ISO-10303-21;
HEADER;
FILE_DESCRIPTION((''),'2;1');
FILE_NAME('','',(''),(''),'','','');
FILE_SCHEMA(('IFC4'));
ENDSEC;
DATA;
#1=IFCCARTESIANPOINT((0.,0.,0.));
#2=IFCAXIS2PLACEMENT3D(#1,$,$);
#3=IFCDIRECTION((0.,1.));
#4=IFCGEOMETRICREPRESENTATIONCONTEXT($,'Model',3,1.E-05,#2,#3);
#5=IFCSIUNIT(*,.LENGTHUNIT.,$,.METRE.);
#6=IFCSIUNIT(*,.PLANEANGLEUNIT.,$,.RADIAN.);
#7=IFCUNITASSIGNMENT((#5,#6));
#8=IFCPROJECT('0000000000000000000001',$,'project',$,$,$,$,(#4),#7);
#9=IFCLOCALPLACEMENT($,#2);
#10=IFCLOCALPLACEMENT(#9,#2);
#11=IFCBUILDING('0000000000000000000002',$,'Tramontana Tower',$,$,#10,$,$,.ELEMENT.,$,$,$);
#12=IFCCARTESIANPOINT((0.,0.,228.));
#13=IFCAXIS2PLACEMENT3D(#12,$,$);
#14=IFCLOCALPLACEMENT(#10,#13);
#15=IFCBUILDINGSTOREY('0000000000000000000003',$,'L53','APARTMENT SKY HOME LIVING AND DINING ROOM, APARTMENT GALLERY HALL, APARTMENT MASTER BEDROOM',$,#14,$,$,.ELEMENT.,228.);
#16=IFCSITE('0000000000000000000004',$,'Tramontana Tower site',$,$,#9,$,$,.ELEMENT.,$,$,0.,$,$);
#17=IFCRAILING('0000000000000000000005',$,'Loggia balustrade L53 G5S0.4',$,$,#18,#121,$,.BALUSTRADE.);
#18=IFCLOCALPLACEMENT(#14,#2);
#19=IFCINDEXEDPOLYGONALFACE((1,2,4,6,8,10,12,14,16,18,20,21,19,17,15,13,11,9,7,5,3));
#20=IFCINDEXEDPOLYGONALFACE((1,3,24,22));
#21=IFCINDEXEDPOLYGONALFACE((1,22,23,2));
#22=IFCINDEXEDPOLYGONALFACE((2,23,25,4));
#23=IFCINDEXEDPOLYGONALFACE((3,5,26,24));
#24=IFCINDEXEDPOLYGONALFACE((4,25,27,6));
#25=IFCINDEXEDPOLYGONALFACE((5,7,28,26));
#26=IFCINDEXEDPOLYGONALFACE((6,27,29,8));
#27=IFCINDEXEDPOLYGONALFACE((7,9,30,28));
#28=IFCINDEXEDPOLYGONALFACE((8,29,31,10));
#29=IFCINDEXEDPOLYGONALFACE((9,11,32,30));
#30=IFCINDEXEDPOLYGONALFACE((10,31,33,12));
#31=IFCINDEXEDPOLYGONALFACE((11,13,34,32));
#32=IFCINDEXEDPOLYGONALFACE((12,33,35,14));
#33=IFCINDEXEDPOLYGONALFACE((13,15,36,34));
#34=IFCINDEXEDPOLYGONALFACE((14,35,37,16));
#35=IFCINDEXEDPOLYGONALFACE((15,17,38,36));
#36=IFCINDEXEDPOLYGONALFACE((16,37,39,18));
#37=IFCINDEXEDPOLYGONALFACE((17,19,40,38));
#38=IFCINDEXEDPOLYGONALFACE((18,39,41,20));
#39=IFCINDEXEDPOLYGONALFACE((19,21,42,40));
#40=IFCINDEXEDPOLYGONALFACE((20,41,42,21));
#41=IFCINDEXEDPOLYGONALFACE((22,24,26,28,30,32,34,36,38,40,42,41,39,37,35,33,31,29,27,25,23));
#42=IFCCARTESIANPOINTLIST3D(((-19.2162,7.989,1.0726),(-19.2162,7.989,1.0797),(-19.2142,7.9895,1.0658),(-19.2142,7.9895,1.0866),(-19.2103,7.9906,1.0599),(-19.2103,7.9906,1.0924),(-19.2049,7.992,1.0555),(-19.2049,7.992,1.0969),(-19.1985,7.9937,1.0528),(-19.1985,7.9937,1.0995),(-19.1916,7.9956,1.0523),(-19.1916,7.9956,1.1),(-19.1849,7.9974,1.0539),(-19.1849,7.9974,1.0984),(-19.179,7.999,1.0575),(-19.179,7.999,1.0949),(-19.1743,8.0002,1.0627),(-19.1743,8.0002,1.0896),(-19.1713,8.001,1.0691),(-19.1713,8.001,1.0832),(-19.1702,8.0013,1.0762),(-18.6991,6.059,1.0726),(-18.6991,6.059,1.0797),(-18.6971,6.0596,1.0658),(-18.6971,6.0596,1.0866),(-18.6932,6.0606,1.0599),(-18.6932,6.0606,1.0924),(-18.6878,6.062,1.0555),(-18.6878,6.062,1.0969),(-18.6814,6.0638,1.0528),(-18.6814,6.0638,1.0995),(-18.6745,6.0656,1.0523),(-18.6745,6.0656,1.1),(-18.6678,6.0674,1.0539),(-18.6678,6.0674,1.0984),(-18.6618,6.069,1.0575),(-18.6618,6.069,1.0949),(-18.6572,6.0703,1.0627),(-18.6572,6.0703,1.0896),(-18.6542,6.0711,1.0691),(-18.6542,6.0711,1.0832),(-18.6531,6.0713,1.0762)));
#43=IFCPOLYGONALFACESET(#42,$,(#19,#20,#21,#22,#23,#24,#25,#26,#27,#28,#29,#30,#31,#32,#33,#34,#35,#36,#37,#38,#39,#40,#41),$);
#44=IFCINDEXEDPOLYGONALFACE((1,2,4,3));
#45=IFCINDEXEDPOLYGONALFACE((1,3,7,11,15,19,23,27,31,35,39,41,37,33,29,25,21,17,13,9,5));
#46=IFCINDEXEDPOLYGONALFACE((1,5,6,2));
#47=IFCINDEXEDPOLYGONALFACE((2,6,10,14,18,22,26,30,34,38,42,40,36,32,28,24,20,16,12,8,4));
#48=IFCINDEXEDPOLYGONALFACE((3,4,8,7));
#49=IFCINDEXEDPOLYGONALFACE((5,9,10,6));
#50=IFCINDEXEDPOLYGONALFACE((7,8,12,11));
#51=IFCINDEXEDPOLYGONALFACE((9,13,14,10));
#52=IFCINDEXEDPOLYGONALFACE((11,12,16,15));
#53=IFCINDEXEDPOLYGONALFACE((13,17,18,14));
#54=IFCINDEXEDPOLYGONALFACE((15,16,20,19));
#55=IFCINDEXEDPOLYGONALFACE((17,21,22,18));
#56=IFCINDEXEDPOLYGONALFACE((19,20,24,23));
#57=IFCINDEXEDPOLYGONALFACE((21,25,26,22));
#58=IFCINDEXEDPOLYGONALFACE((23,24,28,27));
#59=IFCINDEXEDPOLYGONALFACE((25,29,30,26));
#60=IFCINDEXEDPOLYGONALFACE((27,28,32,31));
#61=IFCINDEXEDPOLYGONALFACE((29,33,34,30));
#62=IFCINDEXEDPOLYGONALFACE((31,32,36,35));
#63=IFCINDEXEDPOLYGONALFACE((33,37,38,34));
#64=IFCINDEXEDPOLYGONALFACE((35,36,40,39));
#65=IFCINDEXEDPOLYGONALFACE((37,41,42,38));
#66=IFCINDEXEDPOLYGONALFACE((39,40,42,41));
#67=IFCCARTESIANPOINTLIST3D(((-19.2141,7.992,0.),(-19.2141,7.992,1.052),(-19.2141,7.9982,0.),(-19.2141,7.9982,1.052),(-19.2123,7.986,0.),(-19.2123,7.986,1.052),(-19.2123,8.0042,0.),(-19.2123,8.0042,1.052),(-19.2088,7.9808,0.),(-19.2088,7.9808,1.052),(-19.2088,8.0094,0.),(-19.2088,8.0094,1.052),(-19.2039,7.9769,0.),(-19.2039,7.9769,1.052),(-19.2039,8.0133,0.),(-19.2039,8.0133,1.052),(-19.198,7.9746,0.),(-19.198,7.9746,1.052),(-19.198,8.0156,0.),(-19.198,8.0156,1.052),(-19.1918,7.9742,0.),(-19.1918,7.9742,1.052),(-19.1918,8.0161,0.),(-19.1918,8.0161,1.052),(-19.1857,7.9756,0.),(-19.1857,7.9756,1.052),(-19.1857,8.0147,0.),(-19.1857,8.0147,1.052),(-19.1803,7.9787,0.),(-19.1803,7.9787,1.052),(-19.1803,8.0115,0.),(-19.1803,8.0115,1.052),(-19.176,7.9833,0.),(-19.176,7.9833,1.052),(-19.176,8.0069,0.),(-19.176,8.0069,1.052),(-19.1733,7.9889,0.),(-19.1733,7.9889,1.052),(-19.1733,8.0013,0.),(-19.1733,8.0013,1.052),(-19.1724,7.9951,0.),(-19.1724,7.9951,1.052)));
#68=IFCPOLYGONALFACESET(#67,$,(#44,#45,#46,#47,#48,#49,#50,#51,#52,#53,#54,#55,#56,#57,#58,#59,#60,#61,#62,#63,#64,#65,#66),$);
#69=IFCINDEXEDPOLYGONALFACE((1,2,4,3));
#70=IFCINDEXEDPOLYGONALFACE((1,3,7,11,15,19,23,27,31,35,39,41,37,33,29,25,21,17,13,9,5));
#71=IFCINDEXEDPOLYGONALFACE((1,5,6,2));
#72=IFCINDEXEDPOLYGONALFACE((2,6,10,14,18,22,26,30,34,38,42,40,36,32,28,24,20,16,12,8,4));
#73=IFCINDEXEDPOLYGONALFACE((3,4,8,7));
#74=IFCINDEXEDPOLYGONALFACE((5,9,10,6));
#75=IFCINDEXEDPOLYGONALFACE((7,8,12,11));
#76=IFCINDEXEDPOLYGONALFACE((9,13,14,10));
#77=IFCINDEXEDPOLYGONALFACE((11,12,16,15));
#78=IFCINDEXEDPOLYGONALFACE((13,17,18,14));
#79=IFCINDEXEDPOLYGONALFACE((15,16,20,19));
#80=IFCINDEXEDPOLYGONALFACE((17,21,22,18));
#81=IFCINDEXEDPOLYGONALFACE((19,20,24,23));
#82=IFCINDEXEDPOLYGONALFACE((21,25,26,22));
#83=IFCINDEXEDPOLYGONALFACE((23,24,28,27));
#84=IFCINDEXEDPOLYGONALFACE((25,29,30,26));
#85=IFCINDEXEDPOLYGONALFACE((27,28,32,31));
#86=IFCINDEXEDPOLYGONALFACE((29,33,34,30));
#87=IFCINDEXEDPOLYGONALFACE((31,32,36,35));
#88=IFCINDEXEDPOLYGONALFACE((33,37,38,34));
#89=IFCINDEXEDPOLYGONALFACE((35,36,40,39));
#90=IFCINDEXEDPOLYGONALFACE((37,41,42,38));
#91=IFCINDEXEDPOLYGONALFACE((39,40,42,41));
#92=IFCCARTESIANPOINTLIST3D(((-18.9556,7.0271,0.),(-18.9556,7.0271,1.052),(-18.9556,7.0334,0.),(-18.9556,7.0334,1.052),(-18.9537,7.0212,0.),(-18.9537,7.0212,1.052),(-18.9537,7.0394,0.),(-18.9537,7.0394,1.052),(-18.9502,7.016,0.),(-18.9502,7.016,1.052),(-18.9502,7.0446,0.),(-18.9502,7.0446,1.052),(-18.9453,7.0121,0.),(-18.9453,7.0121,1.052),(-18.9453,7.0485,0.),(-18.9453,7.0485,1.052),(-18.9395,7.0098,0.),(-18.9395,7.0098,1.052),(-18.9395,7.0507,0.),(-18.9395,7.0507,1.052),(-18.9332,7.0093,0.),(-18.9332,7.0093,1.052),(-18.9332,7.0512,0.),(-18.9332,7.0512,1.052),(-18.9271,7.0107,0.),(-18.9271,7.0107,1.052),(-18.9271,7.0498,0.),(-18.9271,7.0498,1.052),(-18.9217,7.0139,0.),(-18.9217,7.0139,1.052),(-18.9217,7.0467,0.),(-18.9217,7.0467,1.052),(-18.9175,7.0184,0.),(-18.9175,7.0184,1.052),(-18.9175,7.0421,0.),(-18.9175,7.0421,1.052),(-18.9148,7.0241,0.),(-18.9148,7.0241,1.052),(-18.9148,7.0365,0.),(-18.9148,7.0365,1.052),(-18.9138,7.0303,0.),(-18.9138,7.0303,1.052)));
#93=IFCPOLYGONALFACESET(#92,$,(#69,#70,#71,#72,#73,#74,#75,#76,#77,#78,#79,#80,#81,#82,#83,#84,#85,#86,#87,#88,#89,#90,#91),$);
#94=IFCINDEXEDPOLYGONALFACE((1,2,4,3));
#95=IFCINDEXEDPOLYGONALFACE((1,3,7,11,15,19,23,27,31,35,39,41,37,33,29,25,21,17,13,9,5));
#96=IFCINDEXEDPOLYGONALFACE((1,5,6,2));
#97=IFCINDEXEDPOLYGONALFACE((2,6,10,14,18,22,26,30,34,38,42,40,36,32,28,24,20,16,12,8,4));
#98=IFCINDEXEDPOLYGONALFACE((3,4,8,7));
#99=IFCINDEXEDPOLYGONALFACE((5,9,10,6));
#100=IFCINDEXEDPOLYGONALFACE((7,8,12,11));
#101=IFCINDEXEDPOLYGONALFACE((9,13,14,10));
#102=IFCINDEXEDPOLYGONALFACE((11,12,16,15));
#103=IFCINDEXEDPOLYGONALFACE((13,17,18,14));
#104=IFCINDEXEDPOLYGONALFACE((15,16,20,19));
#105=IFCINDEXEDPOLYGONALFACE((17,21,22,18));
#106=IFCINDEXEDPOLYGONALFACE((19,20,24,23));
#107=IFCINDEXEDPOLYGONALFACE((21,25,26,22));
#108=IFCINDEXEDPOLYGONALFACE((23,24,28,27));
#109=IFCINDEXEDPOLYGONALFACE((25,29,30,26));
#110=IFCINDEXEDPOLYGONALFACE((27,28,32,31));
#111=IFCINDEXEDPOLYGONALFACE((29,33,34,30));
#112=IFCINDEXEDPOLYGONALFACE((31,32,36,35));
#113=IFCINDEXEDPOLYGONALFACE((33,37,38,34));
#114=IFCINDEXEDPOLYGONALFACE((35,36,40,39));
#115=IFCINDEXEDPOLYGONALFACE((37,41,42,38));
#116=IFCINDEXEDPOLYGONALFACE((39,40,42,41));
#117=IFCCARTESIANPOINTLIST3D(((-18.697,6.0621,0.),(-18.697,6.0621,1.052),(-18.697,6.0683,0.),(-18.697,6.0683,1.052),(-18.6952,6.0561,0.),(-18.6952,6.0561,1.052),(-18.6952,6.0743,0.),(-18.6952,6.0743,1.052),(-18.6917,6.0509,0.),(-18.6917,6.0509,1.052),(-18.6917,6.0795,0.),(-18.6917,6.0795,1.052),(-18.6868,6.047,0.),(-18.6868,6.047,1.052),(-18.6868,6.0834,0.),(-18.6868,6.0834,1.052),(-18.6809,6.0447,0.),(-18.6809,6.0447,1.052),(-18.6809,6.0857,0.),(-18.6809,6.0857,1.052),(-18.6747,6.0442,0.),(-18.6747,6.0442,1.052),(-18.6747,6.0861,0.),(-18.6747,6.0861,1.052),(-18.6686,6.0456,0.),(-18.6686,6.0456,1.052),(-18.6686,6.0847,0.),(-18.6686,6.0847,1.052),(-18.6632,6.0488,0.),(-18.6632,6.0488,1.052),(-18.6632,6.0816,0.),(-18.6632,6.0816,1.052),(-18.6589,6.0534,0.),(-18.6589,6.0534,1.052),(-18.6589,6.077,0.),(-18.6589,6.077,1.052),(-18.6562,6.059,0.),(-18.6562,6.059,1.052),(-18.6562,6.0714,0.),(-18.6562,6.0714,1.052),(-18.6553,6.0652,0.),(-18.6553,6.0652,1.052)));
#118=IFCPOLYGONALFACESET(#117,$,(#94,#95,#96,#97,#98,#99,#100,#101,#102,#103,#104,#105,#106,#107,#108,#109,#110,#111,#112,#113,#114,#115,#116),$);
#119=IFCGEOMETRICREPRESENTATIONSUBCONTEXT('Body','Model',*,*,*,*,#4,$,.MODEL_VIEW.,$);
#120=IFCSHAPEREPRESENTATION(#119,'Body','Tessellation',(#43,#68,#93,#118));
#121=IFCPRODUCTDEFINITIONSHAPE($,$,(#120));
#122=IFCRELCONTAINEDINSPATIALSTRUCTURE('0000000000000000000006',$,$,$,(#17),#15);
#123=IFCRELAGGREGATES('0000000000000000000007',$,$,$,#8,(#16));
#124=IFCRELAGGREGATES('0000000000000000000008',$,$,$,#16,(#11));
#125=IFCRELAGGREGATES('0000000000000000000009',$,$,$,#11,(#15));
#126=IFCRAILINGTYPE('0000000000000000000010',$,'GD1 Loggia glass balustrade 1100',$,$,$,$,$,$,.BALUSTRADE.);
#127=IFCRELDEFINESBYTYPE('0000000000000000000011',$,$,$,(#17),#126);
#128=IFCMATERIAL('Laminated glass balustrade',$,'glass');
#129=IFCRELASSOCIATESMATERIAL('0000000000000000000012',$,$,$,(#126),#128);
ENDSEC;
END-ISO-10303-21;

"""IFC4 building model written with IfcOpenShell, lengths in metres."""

from ifc_helpers import new_model, si_unit, direction, frame, origin, origin_2d, place, context, subcontext, project, spatial, circle, extrude, material, type_object, element, save


model = new_model("IFC4")

# Units and contexts
model_context = context("Model", 3, precision=1e-05, world=origin(), true_north=direction((0.0, 1.0)))
body_context = subcontext(model_context, "Body", "Model", "MODEL_VIEW")
ifc_project = project(units=[si_unit("LENGTHUNIT", "METRE"), si_unit("PLANEANGLEUNIT", "RADIAN")], contexts=[model_context])

# Site, building, storey
site_placement = place(None, origin())
site = spatial("IfcSite", under=ifc_project, at=site_placement, Name="Tramontana Tower site", CompositionType="ELEMENT", RefElevation=0.0)
building_placement = place(site_placement, origin())
building = spatial("IfcBuilding", under=site, at=building_placement, Name="Tramontana Tower", CompositionType="ELEMENT")
storey_placement = place(building_placement, frame((0.0, 0.0, 228.0)))
storey = spatial("IfcBuildingStorey", under=building, at=storey_placement, Name="L53", Description="APARTMENT SKY HOME LIVING AND DINING ROOM, APARTMENT GALLERY HALL, APARTMENT MASTER BEDROOM", CompositionType="ELEMENT", Elevation=228.0)

# Railing
ifc_material_1 = material(Name="Laminated glass balustrade", Category="glass")
railing_type = type_object("IfcRailingType", Name="GD1 Loggia glass balustrade 1100", PredefinedType="BALUSTRADE", material=ifc_material_1)
railing_placement = place(storey_placement, frame((-19.1934, 7.9951, 0.0)))
element("IfcRailing", 1, at=railing_placement, inside=storey, type_object=railing_type, Name="Loggia balustrade L53 G5S0.4", PredefinedType="BALUSTRADE", context=body_context, shape_type="SweptSolid", body=[
    extrude(circle(Radius=0.0239, at=origin_2d()), frame((0.0, 0.0, 1.0762), z_axis=(0.258803, -0.96593, 0.0), x_axis=(0.96593, 0.258803, 0.0)), (0.0, 0.0, 1.0), 1.998),
    extrude(circle(Radius=0.021, at=origin_2d()), origin(), (0.0, 0.0, 1.0), 1.052),
    extrude(circle(Radius=0.021, at=origin_2d()), frame((0.2585, -0.9648, 0.0)), (0.0, 0.0, 1.0), 1.052),
    extrude(circle(Radius=0.021, at=origin_2d()), frame((0.5171, -1.9299, 0.0)), (0.0, 0.0, 1.0), 1.052),
])

save(model, "model.ifc")
